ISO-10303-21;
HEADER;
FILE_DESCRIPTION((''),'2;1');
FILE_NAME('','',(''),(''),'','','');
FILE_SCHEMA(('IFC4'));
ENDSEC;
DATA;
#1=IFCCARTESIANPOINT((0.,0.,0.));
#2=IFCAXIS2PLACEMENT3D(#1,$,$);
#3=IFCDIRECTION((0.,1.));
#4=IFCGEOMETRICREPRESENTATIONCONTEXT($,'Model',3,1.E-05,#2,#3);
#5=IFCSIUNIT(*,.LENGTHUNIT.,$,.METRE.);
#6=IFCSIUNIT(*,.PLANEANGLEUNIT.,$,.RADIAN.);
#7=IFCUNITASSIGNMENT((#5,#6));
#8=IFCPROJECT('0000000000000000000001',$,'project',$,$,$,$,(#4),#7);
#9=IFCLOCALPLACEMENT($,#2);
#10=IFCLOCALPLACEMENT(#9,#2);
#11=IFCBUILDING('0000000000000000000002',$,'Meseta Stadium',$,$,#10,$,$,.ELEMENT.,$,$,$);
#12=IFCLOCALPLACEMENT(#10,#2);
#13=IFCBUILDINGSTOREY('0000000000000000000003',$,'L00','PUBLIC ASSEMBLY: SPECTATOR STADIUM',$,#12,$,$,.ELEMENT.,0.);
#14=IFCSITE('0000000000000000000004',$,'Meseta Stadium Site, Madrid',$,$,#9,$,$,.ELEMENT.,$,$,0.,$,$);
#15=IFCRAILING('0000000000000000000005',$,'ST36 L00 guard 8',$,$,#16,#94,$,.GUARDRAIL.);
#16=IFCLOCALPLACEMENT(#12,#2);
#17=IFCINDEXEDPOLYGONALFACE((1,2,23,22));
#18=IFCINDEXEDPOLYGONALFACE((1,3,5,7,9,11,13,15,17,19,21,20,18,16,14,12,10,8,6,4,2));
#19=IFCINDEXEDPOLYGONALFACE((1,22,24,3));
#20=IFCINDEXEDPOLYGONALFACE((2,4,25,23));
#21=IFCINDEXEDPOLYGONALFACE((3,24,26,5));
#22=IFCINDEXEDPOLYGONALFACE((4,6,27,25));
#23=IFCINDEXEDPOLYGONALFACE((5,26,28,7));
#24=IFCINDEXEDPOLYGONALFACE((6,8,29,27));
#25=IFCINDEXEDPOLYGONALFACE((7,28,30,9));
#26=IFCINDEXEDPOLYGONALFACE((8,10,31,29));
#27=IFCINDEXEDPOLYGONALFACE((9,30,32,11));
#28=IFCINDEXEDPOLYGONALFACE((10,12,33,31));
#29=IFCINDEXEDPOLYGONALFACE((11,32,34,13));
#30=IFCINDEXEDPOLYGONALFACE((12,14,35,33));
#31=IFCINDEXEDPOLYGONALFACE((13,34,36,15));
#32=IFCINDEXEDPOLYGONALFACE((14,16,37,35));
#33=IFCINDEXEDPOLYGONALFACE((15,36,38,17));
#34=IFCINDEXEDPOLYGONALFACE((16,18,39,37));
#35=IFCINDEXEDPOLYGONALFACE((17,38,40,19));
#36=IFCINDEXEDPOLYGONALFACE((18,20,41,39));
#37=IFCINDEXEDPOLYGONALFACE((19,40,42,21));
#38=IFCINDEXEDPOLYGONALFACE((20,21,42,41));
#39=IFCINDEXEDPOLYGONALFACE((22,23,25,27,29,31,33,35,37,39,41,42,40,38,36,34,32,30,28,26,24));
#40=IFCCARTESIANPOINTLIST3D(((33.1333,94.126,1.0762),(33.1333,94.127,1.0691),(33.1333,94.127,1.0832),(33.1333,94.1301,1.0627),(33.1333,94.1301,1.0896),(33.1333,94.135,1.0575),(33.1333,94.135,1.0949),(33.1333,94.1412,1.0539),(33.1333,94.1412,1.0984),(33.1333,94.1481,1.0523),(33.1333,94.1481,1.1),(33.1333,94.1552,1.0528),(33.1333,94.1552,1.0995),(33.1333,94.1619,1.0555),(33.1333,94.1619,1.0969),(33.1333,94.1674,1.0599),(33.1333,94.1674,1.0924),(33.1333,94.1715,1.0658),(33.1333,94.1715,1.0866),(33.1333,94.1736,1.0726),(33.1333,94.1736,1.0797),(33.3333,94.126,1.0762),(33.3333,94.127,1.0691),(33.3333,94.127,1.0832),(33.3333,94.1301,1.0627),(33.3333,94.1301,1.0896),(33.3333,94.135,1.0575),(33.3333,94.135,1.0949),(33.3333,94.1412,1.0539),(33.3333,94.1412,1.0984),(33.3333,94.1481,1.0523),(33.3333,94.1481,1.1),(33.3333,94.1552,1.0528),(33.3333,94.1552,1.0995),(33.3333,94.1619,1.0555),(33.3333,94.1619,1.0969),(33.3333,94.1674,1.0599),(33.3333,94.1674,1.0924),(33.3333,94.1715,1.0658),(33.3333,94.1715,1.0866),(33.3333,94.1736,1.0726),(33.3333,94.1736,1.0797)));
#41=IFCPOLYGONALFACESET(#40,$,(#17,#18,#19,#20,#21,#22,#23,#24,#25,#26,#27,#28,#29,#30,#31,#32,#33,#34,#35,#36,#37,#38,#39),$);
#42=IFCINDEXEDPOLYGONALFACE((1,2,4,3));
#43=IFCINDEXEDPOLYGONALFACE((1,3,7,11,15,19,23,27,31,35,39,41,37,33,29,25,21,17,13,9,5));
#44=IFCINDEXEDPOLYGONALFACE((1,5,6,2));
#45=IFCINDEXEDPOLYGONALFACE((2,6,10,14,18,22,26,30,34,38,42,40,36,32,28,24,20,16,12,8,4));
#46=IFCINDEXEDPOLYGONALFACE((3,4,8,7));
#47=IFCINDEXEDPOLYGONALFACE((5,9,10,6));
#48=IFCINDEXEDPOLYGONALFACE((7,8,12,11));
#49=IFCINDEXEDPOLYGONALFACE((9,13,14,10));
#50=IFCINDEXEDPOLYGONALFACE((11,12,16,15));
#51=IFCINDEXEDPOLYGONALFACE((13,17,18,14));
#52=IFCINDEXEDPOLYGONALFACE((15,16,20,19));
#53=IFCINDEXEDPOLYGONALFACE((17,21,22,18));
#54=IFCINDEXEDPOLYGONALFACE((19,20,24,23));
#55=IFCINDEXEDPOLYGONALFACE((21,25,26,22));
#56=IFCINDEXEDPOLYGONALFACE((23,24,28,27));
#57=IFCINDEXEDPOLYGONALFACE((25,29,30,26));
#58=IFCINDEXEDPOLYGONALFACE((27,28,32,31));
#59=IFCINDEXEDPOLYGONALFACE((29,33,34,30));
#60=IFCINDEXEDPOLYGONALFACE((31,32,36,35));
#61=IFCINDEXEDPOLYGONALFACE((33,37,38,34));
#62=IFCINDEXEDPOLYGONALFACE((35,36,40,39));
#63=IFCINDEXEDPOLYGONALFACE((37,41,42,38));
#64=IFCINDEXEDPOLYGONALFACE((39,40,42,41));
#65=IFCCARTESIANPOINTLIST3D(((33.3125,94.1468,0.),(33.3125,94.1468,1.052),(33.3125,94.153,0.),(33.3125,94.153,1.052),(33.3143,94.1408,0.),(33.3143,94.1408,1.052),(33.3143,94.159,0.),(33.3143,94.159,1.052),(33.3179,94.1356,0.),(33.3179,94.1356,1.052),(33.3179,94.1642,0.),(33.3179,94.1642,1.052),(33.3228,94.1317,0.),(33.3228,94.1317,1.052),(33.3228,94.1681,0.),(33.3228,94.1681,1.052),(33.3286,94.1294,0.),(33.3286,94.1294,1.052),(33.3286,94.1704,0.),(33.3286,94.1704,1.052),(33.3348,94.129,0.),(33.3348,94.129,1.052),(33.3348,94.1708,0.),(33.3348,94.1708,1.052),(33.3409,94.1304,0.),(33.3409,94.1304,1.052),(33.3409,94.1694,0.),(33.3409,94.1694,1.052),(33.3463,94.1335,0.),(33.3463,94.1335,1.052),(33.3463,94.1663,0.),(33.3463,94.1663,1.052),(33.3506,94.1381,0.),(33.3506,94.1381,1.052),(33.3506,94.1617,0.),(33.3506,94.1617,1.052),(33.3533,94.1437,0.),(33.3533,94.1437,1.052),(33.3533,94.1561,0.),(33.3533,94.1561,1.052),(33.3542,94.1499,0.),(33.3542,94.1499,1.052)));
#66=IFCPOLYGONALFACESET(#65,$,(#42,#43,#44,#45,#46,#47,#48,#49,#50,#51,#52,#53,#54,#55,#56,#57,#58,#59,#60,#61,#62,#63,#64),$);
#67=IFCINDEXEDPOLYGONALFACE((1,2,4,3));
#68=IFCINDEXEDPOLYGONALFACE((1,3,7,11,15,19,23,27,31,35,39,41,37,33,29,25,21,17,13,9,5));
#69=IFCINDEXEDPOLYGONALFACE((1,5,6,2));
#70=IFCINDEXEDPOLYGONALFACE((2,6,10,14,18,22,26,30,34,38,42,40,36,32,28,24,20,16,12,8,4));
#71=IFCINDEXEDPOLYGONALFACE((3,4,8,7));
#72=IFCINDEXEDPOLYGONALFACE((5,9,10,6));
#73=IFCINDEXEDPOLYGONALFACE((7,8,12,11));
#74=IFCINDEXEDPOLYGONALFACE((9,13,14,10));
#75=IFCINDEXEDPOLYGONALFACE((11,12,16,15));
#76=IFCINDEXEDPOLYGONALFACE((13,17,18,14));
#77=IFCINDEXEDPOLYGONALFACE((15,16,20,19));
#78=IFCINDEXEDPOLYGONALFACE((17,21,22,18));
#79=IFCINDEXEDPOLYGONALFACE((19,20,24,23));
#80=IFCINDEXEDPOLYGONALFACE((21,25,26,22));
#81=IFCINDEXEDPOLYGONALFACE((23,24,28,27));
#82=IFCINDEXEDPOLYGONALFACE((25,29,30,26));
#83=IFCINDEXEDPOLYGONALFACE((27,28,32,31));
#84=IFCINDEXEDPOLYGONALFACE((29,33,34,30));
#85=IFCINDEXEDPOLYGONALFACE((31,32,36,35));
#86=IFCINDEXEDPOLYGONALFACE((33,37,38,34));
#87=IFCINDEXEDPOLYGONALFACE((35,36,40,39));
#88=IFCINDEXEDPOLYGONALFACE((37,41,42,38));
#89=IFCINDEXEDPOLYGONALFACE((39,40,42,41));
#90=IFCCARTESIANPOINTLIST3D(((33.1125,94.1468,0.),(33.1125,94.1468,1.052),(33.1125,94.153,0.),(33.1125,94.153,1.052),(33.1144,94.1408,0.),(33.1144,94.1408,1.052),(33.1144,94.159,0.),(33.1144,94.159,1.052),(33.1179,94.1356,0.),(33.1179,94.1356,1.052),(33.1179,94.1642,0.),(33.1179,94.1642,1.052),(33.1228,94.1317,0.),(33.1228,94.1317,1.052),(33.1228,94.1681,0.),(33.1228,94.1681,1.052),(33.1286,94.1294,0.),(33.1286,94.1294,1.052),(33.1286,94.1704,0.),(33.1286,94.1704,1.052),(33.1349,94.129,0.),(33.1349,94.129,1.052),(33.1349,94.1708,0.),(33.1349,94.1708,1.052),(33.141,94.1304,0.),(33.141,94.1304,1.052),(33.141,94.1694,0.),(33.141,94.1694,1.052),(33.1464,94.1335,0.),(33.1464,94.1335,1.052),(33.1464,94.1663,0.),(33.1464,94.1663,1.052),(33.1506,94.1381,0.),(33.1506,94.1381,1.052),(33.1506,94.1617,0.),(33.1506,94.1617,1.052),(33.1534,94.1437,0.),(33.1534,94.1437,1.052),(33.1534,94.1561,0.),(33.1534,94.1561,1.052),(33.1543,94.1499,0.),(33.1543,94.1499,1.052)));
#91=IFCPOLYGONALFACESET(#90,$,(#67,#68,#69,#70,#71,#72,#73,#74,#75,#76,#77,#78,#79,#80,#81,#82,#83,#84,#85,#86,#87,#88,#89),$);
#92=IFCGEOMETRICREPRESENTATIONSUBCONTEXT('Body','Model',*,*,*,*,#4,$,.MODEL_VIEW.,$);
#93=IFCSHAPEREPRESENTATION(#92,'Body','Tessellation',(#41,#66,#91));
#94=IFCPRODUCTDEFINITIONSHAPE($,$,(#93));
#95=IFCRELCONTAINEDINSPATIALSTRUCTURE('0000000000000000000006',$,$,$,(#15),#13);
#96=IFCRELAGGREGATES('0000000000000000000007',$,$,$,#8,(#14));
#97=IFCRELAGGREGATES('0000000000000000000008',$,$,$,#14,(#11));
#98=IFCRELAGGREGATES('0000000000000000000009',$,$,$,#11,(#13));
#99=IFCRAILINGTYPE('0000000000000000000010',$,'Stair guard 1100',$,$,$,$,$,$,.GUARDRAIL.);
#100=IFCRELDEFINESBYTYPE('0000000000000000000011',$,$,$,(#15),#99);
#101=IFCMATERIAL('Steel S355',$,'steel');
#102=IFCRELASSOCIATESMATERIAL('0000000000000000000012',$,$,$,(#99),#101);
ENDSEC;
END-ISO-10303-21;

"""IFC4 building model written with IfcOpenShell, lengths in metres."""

from ifc_helpers import new_model, si_unit, direction, frame, origin, origin_2d, place, context, subcontext, project, spatial, circle, extrude, material, type_object, element, save


model = new_model("IFC4")

# Units and contexts
model_context = context("Model", 3, precision=1e-05, world=origin(), true_north=direction((0.0, 1.0)))
body_context = subcontext(model_context, "Body", "Model", "MODEL_VIEW")
ifc_project = project(units=[si_unit("LENGTHUNIT", "METRE"), si_unit("PLANEANGLEUNIT", "RADIAN")], contexts=[model_context])

# Site, building, storey
site_placement = place(None, origin())
site = spatial("IfcSite", under=ifc_project, at=site_placement, Name="Meseta Stadium Site, Madrid", CompositionType="ELEMENT", RefElevation=0.0)
building_placement = place(site_placement, origin())
building = spatial("IfcBuilding", under=site, at=building_placement, Name="Meseta Stadium", CompositionType="ELEMENT")
storey_placement = place(building_placement, origin())
storey = spatial("IfcBuildingStorey", under=building, at=storey_placement, Name="L00", Description="PUBLIC ASSEMBLY: SPECTATOR STADIUM", CompositionType="ELEMENT", Elevation=0.0)

# Railing
ifc_material_1 = material(Name="Steel S355", Category="steel")
railing_type_1 = type_object("IfcRailingType", Name="Stair guard 1100", PredefinedType="GUARDRAIL", material=ifc_material_1)
railing_1_placement = place(storey_placement, frame((33.3333, 94.1499, 0.0)))
element("IfcRailing", 1, at=railing_1_placement, inside=storey, type_object=railing_type_1, Name="ST36 L00 guard 8", PredefinedType="GUARDRAIL", context=body_context, shape_type="SweptSolid", body=[
    extrude(circle(Radius=0.0239, at=origin_2d()), frame((0.0, 0.0, 1.0762), z_axis=(-1.0, 0.0, 0.0), x_axis=(0.0, -1.0, 0.0)), (0.0, 0.0, 1.0), 0.2),
    extrude(circle(Radius=0.021, at=origin_2d()), origin(), (0.0, 0.0, 1.0), 1.052),
    extrude(circle(Radius=0.021, at=origin_2d()), frame((-0.2, 0.0, 0.0)), (0.0, 0.0, 1.0), 1.052),
])

save(model, "model.ifc")
